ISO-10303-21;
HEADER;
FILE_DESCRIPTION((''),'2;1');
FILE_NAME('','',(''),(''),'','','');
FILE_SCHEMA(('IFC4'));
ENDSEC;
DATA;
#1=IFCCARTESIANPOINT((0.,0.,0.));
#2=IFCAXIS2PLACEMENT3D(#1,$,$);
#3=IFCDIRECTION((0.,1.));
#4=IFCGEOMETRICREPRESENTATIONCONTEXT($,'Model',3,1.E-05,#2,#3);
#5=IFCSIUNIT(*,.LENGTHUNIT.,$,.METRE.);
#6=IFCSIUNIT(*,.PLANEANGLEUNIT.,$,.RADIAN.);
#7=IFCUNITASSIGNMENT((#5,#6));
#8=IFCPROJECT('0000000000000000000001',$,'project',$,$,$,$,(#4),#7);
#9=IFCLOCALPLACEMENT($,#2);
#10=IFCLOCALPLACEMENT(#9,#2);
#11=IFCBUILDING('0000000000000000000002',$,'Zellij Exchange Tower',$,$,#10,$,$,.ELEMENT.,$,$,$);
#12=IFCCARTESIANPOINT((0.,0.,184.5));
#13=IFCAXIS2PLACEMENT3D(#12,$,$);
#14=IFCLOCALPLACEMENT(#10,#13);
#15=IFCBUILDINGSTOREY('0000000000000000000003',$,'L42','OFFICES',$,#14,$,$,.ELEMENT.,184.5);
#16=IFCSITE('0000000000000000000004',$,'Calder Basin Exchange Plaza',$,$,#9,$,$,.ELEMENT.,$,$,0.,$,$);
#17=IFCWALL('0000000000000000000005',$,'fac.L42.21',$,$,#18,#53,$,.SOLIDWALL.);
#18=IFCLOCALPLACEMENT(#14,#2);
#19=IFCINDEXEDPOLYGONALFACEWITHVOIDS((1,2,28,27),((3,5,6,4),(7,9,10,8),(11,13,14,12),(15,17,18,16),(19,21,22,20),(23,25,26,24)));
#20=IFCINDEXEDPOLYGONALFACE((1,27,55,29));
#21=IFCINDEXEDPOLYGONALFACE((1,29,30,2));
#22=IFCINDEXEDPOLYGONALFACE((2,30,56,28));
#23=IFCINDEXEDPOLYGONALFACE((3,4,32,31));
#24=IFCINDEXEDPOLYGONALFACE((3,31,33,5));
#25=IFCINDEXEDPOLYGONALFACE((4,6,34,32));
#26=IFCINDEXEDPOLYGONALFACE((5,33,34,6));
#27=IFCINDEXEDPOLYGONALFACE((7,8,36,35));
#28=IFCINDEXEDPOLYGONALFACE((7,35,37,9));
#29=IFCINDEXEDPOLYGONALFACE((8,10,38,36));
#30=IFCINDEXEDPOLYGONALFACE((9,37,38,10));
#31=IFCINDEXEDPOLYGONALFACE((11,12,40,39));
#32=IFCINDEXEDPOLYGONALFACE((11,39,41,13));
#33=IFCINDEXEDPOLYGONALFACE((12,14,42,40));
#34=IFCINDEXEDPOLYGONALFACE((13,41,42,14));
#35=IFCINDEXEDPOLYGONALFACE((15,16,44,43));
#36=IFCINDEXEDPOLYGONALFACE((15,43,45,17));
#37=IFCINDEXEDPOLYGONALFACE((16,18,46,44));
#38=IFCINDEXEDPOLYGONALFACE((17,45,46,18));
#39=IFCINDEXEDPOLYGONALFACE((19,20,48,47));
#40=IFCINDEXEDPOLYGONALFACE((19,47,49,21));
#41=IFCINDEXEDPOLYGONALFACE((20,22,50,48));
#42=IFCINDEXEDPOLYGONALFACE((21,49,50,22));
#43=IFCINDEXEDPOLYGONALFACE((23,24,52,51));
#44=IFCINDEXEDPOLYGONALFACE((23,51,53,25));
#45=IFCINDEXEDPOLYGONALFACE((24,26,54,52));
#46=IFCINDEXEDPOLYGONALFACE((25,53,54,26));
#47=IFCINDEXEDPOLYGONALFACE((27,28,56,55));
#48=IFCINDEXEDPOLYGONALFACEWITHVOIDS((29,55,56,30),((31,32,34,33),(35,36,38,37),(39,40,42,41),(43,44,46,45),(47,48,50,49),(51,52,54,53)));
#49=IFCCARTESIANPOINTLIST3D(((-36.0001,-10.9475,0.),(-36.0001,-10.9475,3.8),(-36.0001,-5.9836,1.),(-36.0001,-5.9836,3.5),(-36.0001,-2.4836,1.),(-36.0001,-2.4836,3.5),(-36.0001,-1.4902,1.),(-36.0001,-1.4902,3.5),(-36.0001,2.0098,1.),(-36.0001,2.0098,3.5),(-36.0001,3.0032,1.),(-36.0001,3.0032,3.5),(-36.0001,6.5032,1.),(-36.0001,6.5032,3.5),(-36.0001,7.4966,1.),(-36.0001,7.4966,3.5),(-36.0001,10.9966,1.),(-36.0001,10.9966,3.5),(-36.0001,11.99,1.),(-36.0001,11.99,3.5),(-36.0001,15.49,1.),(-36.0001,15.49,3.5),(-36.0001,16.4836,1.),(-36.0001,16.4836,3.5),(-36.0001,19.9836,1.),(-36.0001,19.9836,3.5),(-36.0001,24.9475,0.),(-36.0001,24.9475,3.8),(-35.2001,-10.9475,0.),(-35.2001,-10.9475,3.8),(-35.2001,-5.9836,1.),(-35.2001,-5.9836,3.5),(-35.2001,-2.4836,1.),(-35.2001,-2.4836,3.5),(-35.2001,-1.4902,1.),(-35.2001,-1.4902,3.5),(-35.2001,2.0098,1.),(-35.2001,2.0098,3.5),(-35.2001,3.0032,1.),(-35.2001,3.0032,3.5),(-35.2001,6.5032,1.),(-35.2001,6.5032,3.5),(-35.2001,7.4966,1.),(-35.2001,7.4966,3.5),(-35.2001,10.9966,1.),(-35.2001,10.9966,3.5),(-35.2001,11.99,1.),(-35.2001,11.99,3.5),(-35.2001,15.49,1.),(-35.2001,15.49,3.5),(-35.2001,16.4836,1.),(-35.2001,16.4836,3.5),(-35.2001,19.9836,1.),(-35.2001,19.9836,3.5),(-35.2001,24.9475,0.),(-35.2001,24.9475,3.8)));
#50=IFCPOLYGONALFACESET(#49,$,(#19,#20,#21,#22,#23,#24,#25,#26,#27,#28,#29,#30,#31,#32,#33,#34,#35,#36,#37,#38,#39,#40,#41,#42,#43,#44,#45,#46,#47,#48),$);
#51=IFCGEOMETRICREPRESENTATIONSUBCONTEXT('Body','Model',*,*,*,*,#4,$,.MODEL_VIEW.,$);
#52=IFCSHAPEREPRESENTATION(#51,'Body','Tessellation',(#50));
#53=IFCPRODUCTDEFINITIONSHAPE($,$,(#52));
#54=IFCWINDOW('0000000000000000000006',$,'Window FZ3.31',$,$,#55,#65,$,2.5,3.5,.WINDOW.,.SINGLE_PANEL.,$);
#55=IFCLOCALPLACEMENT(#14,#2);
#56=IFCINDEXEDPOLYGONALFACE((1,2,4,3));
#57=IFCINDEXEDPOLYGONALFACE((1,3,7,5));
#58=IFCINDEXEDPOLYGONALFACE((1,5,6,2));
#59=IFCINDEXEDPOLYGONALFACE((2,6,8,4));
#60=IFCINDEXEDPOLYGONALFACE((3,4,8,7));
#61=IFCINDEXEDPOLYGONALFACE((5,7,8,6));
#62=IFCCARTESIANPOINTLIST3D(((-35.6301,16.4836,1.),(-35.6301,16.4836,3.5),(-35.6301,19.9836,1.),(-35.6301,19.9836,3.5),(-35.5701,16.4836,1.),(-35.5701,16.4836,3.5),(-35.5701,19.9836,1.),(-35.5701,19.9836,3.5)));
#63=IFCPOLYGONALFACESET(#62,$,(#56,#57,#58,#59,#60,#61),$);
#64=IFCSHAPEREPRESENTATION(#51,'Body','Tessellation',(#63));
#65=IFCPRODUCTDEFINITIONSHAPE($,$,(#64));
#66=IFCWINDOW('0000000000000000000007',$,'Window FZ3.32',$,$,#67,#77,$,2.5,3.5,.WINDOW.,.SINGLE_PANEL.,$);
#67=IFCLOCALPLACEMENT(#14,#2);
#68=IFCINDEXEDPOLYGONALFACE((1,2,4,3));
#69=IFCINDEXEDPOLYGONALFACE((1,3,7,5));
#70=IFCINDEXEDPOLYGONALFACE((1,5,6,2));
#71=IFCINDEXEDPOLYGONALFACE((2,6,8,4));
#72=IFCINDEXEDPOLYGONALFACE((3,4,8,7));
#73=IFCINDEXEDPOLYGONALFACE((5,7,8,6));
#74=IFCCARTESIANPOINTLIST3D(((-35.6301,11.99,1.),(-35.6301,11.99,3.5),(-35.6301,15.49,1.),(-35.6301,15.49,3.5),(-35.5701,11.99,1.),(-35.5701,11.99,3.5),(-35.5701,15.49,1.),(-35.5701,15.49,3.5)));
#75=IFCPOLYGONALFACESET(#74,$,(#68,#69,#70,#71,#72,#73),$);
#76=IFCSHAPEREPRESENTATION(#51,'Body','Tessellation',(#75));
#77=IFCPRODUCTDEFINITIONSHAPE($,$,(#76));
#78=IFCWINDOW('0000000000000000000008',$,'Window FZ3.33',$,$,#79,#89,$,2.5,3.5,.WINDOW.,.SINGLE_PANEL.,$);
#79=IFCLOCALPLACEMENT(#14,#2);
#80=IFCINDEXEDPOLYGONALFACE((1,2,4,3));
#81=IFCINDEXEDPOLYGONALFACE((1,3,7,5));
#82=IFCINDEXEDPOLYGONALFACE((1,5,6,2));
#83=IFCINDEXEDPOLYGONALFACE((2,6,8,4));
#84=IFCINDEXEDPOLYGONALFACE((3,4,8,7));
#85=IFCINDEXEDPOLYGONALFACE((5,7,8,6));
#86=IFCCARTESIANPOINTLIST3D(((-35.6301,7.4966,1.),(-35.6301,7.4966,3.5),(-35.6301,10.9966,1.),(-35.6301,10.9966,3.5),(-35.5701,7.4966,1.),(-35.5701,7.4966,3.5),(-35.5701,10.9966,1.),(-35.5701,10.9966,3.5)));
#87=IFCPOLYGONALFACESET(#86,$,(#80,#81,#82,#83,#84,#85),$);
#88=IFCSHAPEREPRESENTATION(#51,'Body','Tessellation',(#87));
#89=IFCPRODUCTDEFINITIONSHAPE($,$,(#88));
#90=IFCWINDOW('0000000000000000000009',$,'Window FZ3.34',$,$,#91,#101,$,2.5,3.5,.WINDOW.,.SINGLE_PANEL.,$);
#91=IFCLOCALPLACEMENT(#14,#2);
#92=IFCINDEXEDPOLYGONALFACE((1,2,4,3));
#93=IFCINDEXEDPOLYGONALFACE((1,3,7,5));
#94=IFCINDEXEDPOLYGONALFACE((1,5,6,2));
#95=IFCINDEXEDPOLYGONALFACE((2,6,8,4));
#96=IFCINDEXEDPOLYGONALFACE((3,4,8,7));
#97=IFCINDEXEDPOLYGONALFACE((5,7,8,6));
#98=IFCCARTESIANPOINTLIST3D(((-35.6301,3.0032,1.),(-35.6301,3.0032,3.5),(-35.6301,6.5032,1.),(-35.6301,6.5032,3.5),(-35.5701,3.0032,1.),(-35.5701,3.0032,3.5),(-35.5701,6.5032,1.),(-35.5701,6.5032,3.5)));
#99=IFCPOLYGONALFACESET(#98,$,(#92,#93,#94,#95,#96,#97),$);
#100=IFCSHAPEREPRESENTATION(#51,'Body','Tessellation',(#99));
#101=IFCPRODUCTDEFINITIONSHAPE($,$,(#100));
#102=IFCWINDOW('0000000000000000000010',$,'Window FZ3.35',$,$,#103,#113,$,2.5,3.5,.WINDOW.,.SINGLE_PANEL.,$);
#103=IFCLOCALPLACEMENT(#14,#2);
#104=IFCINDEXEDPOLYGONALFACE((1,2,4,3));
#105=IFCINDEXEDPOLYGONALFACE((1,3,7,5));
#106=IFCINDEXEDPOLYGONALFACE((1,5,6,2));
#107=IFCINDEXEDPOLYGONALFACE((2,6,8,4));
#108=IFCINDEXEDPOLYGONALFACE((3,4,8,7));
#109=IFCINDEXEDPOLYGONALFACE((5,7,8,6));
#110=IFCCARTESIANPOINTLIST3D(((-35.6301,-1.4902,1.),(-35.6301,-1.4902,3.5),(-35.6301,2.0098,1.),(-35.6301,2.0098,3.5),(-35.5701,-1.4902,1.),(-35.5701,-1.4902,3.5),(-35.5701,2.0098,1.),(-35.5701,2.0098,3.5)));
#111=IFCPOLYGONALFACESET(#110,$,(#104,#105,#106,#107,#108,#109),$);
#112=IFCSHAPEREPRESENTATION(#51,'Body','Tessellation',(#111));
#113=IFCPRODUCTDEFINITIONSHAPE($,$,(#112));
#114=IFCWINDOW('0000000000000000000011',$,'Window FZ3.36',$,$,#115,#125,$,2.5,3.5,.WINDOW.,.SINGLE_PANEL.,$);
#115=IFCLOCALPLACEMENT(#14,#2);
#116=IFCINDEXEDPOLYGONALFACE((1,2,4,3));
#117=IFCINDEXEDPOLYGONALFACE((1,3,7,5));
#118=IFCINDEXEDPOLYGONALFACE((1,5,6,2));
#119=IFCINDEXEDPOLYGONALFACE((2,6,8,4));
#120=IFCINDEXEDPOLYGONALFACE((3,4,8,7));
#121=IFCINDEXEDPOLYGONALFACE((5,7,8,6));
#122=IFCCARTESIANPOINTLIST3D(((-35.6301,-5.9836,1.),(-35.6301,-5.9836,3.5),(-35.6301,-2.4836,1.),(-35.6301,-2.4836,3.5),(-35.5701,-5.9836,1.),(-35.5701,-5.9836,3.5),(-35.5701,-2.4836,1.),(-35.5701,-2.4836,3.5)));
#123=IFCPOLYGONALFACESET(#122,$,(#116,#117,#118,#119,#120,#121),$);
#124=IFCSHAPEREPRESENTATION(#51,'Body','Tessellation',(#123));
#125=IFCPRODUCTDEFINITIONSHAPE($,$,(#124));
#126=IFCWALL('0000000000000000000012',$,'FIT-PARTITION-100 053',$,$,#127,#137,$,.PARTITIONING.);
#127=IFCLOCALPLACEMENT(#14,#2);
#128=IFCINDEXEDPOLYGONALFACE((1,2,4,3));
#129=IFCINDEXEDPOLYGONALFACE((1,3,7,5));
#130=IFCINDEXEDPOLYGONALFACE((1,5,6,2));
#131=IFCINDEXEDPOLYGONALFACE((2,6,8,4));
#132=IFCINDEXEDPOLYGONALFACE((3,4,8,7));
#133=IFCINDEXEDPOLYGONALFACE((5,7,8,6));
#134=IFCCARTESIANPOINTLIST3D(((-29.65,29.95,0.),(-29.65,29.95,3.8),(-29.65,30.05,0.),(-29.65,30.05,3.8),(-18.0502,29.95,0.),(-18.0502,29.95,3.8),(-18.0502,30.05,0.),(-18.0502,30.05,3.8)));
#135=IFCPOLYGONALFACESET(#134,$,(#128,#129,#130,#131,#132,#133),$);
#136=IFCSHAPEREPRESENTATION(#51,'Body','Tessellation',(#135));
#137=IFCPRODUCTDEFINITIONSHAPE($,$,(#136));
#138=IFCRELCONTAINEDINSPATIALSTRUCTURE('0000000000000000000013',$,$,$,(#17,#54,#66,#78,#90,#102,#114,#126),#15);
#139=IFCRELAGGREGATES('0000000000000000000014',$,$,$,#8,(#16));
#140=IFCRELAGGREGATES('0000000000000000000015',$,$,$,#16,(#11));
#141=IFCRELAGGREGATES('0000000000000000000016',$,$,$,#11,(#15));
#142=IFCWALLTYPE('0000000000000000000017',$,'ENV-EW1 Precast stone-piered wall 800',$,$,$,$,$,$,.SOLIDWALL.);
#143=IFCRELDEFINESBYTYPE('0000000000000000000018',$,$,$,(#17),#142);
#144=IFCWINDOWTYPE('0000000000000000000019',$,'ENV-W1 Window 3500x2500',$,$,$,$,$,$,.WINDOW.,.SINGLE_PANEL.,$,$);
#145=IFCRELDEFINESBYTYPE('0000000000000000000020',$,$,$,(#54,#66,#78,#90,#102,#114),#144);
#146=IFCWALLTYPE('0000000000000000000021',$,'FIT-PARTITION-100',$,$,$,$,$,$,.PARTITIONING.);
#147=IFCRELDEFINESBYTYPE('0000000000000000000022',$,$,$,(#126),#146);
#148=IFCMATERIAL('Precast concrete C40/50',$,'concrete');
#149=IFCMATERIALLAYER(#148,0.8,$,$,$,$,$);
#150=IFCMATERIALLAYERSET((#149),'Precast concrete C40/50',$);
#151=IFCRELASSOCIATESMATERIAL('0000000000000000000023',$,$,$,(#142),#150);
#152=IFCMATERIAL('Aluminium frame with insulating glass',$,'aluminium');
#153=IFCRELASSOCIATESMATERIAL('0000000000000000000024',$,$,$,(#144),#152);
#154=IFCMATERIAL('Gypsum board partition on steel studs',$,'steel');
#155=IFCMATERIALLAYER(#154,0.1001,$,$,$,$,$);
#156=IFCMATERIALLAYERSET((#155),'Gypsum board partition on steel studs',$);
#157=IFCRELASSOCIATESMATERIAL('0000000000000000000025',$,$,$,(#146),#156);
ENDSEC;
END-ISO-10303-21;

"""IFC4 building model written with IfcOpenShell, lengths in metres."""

from ifc_helpers import new_model, si_unit, direction, frame, frame_2d, origin, place, context, subcontext, project, spatial, rectangle, extrude, material, layer, layer_set, type_object, element, fill, save


model = new_model("IFC4")

# Units and contexts
model_context = context("Model", 3, precision=1e-05, world=origin(), true_north=direction((0.0, 1.0)))
body_context = subcontext(model_context, "Body", "Model", "MODEL_VIEW")
ifc_project = project(units=[si_unit("LENGTHUNIT", "METRE"), si_unit("PLANEANGLEUNIT", "RADIAN")], contexts=[model_context])

# Site, building, storey
site_placement = place(None, origin())
site = spatial("IfcSite", under=ifc_project, at=site_placement, Name="Calder Basin Exchange Plaza", CompositionType="ELEMENT", RefElevation=0.0)
building_placement = place(site_placement, origin())
building = spatial("IfcBuilding", under=site, at=building_placement, Name="Zellij Exchange Tower", CompositionType="ELEMENT")
storey_placement = place(building_placement, frame((0.0, 0.0, 184.5)))
storey = spatial("IfcBuildingStorey", under=building, at=storey_placement, Name="L42", Description="OFFICES", CompositionType="ELEMENT", Elevation=184.5)

# Shared definitions
ifc_material_1 = material(Name="Precast concrete C40/50", Category="concrete")
ifc_layer_1 = layer(ifc_material_1, 0.8)
ifc_layer_set_1 = layer_set([ifc_layer_1], Name="Precast concrete C40/50")
wall_type_1 = type_object("IfcWallType", Name="ENV-EW1 Precast stone-piered wall 800", PredefinedType="SOLIDWALL", material=ifc_layer_set_1)

# Wall, openings, windows
wall_1_placement = place(storey_placement, frame((-35.6001, 24.9475, 0.0), z_axis=(0.0, 0.0, 1.0), x_axis=(0.0, -1.0, 0.0)))
wall_1 = element("IfcWall", 1, at=wall_1_placement, inside=storey, type_object=wall_type_1, Name="fac.L42.21", PredefinedType="SOLIDWALL", context=body_context, shape_type="SweptSolid", body=[
    extrude(rectangle(XDim=35.895, YDim=0.8, at=frame_2d((17.9475, 0.0))), origin(), (0.0, 0.0, 1.0), 3.8),
])
opening_1_placement = place(wall_1_placement, frame((4.9639, 0.0, 1.0)))
opening_1 = element("IfcOpeningElement", 2, at=opening_1_placement, cuts=wall_1, PredefinedType="OPENING", context=body_context, shape_type="SweptSolid", body=[
    extrude(rectangle(XDim=3.5, YDim=2.5, at=frame_2d((1.75, 1.25))), frame((0.0, 0.4121, 0.0), z_axis=(0.0, -1.0, 0.0), x_axis=(1.0, 0.0, 0.0)), (0.0, 0.0, 1.0), 0.824),
])
opening_2_placement = place(wall_1_placement, frame((9.4575, 0.0, 1.0)))
opening_2 = element("IfcOpeningElement", 3, at=opening_2_placement, cuts=wall_1, PredefinedType="OPENING", context=body_context, shape_type="SweptSolid", body=[
    extrude(rectangle(XDim=3.5, YDim=2.5, at=frame_2d((1.75, 1.25))), frame((0.0, 0.4121, 0.0), z_axis=(0.0, -1.0, 0.0), x_axis=(1.0, 0.0, 0.0)), (0.0, 0.0, 1.0), 0.824),
])
opening_3_placement = place(wall_1_placement, frame((13.9509, 0.0, 1.0)))
opening_3 = element("IfcOpeningElement", 4, at=opening_3_placement, cuts=wall_1, PredefinedType="OPENING", context=body_context, shape_type="SweptSolid", body=[
    extrude(rectangle(XDim=3.5, YDim=2.5, at=frame_2d((1.75, 1.25))), frame((0.0, 0.4121, 0.0), z_axis=(0.0, -1.0, 0.0), x_axis=(1.0, 0.0, 0.0)), (0.0, 0.0, 1.0), 0.824),
])
opening_4_placement = place(wall_1_placement, frame((18.4443, 0.0, 1.0)))
opening_4 = element("IfcOpeningElement", 5, at=opening_4_placement, cuts=wall_1, PredefinedType="OPENING", context=body_context, shape_type="SweptSolid", body=[
    extrude(rectangle(XDim=3.5, YDim=2.5, at=frame_2d((1.75, 1.25))), frame((0.0, 0.4121, 0.0), z_axis=(0.0, -1.0, 0.0), x_axis=(1.0, 0.0, 0.0)), (0.0, 0.0, 1.0), 0.824),
])
opening_5_placement = place(wall_1_placement, frame((22.9377, 0.0, 1.0)))
opening_5 = element("IfcOpeningElement", 6, at=opening_5_placement, cuts=wall_1, PredefinedType="OPENING", context=body_context, shape_type="SweptSolid", body=[
    extrude(rectangle(XDim=3.5, YDim=2.5, at=frame_2d((1.75, 1.25))), frame((0.0, 0.4121, 0.0), z_axis=(0.0, -1.0, 0.0), x_axis=(1.0, 0.0, 0.0)), (0.0, 0.0, 1.0), 0.824),
])
opening_6_placement = place(wall_1_placement, frame((27.4312, 0.0, 1.0)))
opening_6 = element("IfcOpeningElement", 7, at=opening_6_placement, cuts=wall_1, PredefinedType="OPENING", context=body_context, shape_type="SweptSolid", body=[
    extrude(rectangle(XDim=3.5, YDim=2.5, at=frame_2d((1.75, 1.25))), frame((0.0, 0.4121, 0.0), z_axis=(0.0, -1.0, 0.0), x_axis=(1.0, 0.0, 0.0)), (0.0, 0.0, 1.0), 0.824),
])
ifc_material_2 = material(Name="Aluminium frame with insulating glass", Category="aluminium")
window_type = type_object("IfcWindowType", Name="ENV-W1 Window 3500x2500", PartitioningType="SINGLE_PANEL", PredefinedType="WINDOW", material=ifc_material_2)
window_1_placement = place(opening_1_placement, origin())
window_1 = element("IfcWindow", 8, at=window_1_placement, inside=storey, type_object=window_type, Name="Window FZ3.31", OverallHeight=2.5, OverallWidth=3.5, PartitioningType="SINGLE_PANEL", PredefinedType="WINDOW", context=body_context, shape_type="SweptSolid", body=[
    extrude(rectangle(XDim=3.5, YDim=2.5, at=frame_2d((1.75, 1.25))), frame((0.0, 0.03, 0.0), z_axis=(0.0, -1.0, 0.0), x_axis=(1.0, 0.0, 0.0)), (0.0, 0.0, 1.0), 0.0601),
])
fill(opening_1, window_1)
window_2_placement = place(opening_2_placement, origin())
window_2 = element("IfcWindow", 9, at=window_2_placement, inside=storey, type_object=window_type, Name="Window FZ3.32", OverallHeight=2.5, OverallWidth=3.5, PartitioningType="SINGLE_PANEL", PredefinedType="WINDOW", context=body_context, shape_type="SweptSolid", body=[
    extrude(rectangle(XDim=3.5, YDim=2.5, at=frame_2d((1.75, 1.25))), frame((0.0, 0.03, 0.0), z_axis=(0.0, -1.0, 0.0), x_axis=(1.0, 0.0, 0.0)), (0.0, 0.0, 1.0), 0.0601),
])
fill(opening_2, window_2)
window_3_placement = place(opening_3_placement, origin())
window_3 = element("IfcWindow", 10, at=window_3_placement, inside=storey, type_object=window_type, Name="Window FZ3.33", OverallHeight=2.5, OverallWidth=3.5, PartitioningType="SINGLE_PANEL", PredefinedType="WINDOW", context=body_context, shape_type="SweptSolid", body=[
    extrude(rectangle(XDim=3.5, YDim=2.5, at=frame_2d((1.75, 1.25))), frame((0.0, 0.03, 0.0), z_axis=(0.0, -1.0, 0.0), x_axis=(1.0, 0.0, 0.0)), (0.0, 0.0, 1.0), 0.0601),
])
fill(opening_3, window_3)
window_4_placement = place(opening_4_placement, origin())
window_4 = element("IfcWindow", 11, at=window_4_placement, inside=storey, type_object=window_type, Name="Window FZ3.34", OverallHeight=2.5, OverallWidth=3.5, PartitioningType="SINGLE_PANEL", PredefinedType="WINDOW", context=body_context, shape_type="SweptSolid", body=[
    extrude(rectangle(XDim=3.5, YDim=2.5, at=frame_2d((1.75, 1.25))), frame((0.0, 0.03, 0.0), z_axis=(0.0, -1.0, 0.0), x_axis=(1.0, 0.0, 0.0)), (0.0, 0.0, 1.0), 0.0601),
])
fill(opening_4, window_4)
window_5_placement = place(opening_5_placement, origin())
window_5 = element("IfcWindow", 12, at=window_5_placement, inside=storey, type_object=window_type, Name="Window FZ3.35", OverallHeight=2.5, OverallWidth=3.5, PartitioningType="SINGLE_PANEL", PredefinedType="WINDOW", context=body_context, shape_type="SweptSolid", body=[
    extrude(rectangle(XDim=3.5, YDim=2.5, at=frame_2d((1.75, 1.25))), frame((0.0, 0.03, 0.0), z_axis=(0.0, -1.0, 0.0), x_axis=(1.0, 0.0, 0.0)), (0.0, 0.0, 1.0), 0.0601),
])
fill(opening_5, window_5)
window_6_placement = place(opening_6_placement, origin())
window_6 = element("IfcWindow", 13, at=window_6_placement, inside=storey, type_object=window_type, Name="Window FZ3.36", OverallHeight=2.5, OverallWidth=3.5, PartitioningType="SINGLE_PANEL", PredefinedType="WINDOW", context=body_context, shape_type="SweptSolid", body=[
    extrude(rectangle(XDim=3.5, YDim=2.5, at=frame_2d((1.75, 1.25))), frame((0.0, 0.03, 0.0), z_axis=(0.0, -1.0, 0.0), x_axis=(1.0, 0.0, 0.0)), (0.0, 0.0, 1.0), 0.0601),
])
fill(opening_6, window_6)

# Wall
ifc_material_3 = material(Name="Gypsum board partition on steel studs", Category="steel")
ifc_layer_2 = layer(ifc_material_3, 0.1001)
ifc_layer_set_2 = layer_set([ifc_layer_2], Name="Gypsum board partition on steel studs")
wall_type_2 = type_object("IfcWallType", Name="FIT-PARTITION-100", PredefinedType="PARTITIONING", material=ifc_layer_set_2)
wall_2_placement = place(storey_placement, frame((-29.6499, 30.0, 0.0), z_axis=(0.0, 0.0, 1.0), x_axis=(1.0, 0.0, 0.0)))
element("IfcWall", 14, at=wall_2_placement, inside=storey, type_object=wall_type_2, Name="FIT-PARTITION-100 053", PredefinedType="PARTITIONING", context=body_context, shape_type="SweptSolid", body=[
    extrude(rectangle(XDim=11.5999, YDim=0.1001, at=frame_2d((5.7998, 0.0))), origin(), (0.0, 0.0, 1.0), 3.8),
])

save(model, "model.ifc")
